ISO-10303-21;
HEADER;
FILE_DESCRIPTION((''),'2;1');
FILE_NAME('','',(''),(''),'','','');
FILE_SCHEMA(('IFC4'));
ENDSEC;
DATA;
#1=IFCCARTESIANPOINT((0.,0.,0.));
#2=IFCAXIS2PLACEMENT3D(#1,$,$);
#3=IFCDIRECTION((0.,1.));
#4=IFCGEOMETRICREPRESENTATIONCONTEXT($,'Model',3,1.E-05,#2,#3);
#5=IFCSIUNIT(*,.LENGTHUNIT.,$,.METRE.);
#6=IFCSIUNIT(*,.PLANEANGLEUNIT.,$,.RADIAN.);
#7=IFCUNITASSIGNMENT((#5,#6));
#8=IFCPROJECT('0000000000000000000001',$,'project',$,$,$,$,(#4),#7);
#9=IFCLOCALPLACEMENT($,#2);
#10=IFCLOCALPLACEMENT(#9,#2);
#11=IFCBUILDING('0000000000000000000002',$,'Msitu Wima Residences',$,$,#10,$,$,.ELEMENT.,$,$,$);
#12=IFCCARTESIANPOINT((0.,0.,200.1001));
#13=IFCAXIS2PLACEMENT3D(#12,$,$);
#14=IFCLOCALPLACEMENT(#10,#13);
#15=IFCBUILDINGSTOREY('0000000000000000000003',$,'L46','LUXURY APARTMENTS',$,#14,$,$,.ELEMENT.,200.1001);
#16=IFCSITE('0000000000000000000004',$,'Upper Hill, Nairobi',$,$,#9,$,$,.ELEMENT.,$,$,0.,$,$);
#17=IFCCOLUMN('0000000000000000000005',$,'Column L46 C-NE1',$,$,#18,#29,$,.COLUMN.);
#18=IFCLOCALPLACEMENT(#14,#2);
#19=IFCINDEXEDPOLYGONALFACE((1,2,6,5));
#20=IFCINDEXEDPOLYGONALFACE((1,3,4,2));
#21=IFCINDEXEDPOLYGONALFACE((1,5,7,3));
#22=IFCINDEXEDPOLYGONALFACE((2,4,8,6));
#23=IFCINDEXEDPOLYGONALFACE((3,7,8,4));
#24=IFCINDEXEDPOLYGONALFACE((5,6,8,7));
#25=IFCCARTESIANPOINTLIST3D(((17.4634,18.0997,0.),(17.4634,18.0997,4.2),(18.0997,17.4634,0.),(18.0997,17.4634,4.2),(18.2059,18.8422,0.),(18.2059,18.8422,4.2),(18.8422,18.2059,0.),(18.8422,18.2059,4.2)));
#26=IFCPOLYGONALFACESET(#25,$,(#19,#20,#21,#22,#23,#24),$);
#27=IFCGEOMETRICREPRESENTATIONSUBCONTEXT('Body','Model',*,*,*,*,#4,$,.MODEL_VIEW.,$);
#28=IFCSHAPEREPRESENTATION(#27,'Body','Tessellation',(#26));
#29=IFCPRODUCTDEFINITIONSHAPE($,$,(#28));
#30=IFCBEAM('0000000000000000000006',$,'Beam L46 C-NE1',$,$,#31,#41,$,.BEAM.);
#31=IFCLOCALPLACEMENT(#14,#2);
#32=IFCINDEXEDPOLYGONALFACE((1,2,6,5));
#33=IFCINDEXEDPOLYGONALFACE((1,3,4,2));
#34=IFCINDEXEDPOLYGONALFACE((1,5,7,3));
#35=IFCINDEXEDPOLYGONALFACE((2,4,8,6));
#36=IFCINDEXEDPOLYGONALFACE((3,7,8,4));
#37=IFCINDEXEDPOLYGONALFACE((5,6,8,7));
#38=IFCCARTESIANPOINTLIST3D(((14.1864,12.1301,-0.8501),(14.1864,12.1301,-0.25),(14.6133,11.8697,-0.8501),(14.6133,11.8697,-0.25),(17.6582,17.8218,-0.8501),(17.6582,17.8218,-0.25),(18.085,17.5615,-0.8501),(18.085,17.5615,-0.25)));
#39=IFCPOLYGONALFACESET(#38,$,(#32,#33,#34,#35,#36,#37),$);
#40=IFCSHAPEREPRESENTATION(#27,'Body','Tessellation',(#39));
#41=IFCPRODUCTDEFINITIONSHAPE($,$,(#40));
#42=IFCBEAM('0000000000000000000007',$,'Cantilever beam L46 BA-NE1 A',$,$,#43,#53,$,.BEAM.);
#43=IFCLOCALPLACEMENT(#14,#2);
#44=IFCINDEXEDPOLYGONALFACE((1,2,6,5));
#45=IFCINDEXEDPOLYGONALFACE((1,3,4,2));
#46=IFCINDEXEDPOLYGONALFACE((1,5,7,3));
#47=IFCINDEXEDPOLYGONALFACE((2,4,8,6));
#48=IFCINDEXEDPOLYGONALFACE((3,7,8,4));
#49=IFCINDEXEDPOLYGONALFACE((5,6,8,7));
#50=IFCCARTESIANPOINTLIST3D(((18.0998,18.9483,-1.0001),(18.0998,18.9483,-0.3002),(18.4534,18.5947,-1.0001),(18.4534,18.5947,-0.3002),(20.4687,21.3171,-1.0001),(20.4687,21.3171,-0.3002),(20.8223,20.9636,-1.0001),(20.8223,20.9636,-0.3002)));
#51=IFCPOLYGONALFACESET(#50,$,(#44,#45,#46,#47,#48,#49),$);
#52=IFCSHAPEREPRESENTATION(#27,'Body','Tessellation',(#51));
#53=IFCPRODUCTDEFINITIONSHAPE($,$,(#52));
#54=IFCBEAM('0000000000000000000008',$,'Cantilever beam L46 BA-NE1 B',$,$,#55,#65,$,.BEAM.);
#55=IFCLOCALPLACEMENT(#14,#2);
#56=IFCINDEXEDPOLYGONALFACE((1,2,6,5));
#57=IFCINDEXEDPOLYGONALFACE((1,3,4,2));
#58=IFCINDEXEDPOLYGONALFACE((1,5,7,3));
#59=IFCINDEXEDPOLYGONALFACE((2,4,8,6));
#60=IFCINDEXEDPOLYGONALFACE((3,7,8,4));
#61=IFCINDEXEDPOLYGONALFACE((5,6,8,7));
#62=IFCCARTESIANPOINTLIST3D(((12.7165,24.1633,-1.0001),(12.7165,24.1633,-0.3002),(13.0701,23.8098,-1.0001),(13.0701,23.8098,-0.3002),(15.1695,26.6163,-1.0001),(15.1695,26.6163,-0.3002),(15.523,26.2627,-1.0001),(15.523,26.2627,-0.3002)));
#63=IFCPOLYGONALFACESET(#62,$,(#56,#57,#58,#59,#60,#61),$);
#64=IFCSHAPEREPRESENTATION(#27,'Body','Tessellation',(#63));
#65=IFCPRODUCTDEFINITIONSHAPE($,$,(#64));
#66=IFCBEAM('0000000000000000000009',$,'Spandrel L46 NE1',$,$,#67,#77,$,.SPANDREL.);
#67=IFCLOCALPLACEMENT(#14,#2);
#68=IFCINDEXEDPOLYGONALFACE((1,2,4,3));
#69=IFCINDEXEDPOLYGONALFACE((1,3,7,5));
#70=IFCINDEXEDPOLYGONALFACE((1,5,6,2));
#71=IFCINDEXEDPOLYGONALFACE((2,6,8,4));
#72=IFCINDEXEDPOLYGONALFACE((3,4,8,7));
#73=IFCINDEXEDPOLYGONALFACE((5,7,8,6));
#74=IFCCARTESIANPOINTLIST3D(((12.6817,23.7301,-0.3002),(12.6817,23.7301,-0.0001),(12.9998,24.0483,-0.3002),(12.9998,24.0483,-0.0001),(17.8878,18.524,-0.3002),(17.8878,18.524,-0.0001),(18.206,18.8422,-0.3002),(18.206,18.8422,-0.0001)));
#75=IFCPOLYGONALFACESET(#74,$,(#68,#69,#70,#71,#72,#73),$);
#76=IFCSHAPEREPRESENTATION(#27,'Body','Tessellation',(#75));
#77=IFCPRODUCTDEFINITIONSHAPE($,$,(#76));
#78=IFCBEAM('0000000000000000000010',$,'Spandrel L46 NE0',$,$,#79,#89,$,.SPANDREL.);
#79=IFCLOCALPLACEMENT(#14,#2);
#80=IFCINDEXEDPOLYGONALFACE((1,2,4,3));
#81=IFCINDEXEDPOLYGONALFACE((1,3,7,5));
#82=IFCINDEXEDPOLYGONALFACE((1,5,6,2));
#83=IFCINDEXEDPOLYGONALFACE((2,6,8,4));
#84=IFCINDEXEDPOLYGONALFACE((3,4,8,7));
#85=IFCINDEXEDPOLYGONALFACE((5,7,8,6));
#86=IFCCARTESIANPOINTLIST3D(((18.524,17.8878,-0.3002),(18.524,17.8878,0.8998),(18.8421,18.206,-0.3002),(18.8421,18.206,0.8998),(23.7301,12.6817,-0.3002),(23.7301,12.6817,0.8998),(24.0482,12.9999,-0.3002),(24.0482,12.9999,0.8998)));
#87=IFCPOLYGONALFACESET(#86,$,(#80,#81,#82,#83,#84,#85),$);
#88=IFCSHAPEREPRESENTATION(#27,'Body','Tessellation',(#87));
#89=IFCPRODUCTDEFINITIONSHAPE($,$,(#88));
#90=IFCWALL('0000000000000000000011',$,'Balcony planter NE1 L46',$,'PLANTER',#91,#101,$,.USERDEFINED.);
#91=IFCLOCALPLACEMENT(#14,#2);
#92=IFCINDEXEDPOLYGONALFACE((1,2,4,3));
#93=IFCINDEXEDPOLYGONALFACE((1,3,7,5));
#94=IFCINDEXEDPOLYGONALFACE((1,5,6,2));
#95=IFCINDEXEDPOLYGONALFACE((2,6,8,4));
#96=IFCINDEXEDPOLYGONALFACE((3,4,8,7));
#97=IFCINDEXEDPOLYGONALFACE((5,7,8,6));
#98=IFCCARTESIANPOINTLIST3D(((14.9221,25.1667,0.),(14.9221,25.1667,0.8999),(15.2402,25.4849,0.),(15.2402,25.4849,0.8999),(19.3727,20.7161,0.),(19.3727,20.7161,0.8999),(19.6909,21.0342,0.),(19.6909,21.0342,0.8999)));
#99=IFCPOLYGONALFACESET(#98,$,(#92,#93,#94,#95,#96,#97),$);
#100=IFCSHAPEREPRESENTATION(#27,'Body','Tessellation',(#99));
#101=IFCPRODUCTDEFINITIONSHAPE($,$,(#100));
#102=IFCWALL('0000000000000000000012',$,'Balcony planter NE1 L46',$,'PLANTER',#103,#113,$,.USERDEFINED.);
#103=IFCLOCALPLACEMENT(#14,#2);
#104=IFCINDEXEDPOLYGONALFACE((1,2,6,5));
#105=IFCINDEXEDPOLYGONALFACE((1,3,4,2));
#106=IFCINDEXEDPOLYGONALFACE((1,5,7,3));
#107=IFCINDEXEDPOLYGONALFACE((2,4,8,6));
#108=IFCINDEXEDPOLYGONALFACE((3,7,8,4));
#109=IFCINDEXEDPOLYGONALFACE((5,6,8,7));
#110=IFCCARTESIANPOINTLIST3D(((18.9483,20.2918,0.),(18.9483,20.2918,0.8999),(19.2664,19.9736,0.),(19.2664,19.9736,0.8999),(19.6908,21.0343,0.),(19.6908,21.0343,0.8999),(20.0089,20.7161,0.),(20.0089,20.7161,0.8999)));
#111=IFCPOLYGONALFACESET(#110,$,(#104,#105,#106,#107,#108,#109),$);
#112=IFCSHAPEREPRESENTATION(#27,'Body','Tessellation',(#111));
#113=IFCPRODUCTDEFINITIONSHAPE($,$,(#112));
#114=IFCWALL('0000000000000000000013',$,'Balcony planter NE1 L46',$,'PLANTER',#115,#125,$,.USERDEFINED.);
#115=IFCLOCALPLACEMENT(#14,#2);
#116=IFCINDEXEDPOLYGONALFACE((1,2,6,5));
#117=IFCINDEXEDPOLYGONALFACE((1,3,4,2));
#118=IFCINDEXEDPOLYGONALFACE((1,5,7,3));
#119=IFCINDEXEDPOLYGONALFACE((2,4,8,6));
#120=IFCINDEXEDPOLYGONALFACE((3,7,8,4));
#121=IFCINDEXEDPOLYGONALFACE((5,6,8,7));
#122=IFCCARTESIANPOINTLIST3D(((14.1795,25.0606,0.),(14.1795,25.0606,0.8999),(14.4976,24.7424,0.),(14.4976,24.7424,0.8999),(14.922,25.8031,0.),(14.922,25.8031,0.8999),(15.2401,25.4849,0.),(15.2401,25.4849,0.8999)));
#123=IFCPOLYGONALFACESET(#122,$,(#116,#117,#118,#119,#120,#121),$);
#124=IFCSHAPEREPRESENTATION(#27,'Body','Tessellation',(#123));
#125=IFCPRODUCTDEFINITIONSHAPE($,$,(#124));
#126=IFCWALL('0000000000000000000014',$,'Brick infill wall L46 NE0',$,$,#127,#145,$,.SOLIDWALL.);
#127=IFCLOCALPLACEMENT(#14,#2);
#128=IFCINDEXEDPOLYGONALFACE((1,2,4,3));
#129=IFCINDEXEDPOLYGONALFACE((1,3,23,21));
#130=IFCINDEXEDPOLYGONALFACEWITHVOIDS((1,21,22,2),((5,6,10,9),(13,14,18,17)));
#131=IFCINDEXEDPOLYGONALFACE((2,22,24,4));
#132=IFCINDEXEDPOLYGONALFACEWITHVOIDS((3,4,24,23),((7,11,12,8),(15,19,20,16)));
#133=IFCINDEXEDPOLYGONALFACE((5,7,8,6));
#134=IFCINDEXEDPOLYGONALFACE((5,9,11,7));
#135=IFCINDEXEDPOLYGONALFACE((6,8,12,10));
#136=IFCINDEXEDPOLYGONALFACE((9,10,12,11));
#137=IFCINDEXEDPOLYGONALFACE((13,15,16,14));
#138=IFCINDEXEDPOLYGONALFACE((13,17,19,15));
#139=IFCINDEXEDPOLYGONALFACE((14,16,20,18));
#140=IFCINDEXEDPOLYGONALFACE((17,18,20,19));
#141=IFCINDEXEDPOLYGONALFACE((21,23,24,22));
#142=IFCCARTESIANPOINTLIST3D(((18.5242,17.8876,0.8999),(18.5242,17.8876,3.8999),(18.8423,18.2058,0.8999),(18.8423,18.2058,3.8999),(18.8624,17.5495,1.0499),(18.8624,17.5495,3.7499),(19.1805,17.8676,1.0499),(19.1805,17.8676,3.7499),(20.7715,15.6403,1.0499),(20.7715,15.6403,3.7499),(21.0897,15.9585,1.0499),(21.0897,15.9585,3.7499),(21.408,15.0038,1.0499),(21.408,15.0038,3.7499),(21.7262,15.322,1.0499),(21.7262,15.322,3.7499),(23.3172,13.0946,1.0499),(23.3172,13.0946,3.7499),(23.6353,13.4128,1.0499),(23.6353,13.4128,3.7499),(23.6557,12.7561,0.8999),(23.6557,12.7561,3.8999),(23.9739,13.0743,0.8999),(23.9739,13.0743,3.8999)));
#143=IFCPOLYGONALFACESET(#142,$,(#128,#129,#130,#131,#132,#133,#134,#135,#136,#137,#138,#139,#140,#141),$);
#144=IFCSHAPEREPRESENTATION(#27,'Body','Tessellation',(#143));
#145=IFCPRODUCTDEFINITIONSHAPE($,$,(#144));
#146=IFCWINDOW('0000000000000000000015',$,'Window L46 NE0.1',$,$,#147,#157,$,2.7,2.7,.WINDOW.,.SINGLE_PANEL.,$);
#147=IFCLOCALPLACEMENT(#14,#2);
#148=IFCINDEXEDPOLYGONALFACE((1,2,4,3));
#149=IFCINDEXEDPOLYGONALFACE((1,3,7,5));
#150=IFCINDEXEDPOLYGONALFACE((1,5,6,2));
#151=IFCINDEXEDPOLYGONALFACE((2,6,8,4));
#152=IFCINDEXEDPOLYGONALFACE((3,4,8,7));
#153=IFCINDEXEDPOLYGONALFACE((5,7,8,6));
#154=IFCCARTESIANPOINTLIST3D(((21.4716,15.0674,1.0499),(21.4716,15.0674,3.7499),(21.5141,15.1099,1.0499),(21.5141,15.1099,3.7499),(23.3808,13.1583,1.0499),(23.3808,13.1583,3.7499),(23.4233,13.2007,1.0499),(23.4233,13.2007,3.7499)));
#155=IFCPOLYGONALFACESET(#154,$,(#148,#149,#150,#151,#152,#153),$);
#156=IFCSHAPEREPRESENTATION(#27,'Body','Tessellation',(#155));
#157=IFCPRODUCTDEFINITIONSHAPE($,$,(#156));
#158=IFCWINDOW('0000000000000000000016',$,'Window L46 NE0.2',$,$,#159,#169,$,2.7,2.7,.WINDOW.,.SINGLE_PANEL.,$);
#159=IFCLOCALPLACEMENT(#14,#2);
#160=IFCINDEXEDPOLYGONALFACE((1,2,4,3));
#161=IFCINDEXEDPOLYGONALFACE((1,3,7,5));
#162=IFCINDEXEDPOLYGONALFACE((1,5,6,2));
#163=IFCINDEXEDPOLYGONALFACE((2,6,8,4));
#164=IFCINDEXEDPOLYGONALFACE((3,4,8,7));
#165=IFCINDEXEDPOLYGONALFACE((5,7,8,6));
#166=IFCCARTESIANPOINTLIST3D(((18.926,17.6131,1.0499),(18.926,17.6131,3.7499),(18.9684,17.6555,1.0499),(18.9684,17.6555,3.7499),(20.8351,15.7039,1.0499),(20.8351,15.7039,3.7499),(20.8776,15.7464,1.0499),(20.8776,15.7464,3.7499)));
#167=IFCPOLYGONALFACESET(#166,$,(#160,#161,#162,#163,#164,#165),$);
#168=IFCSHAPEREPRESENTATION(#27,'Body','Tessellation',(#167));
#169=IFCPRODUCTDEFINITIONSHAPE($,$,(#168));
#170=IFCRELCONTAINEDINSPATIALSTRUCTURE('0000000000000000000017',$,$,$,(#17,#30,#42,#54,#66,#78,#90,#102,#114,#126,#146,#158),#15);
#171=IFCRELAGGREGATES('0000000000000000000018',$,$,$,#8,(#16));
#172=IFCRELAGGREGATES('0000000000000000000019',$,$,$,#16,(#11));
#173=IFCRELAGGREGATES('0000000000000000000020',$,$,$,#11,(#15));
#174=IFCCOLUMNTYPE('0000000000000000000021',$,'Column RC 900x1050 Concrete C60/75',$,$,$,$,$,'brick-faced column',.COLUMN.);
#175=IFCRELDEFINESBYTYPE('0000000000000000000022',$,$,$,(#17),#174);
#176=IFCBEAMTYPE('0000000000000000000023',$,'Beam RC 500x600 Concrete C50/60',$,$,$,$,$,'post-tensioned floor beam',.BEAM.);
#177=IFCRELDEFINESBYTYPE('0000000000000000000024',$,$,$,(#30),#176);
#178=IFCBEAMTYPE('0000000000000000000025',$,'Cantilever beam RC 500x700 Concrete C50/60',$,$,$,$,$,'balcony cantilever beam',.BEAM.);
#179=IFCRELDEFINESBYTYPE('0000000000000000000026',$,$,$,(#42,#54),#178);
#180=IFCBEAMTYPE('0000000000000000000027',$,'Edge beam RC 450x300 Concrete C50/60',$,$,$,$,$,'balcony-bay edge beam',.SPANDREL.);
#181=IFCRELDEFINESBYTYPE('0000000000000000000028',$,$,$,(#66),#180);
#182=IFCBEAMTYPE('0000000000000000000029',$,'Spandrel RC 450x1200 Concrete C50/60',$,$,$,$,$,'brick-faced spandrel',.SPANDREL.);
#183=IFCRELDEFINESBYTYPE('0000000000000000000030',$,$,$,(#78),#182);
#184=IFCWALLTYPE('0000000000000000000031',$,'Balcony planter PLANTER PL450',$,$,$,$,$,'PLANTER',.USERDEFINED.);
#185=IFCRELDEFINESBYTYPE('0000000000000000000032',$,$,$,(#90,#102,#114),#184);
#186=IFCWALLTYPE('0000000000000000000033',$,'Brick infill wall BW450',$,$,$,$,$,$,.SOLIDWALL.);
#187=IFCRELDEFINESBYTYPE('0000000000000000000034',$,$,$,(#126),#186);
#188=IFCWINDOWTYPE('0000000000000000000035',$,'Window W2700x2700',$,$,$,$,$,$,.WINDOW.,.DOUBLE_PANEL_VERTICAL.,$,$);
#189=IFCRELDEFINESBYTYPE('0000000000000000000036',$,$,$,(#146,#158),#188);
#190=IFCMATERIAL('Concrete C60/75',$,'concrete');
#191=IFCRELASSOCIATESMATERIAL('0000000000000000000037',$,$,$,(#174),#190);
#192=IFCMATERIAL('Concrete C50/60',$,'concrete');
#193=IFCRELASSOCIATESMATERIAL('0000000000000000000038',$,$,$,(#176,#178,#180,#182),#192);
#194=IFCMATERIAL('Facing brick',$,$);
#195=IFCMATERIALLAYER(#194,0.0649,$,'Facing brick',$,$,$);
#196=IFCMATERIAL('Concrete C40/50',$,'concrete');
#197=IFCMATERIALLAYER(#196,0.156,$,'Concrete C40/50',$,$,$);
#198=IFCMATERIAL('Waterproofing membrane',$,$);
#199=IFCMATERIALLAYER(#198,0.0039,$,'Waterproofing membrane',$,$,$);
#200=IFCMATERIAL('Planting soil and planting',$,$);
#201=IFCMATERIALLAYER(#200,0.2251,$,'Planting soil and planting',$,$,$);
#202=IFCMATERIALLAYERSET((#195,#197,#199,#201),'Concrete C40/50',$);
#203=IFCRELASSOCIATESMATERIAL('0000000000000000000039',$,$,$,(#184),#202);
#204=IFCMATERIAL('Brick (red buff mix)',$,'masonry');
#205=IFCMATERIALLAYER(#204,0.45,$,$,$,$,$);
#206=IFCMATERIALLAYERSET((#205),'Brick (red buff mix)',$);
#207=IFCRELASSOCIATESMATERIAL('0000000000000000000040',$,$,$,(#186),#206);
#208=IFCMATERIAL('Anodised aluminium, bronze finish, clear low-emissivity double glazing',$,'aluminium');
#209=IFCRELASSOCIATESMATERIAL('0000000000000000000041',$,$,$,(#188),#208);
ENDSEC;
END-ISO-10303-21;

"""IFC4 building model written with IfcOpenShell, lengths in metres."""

from ifc_helpers import new_model, si_unit, direction, frame, frame_2d, origin, origin_2d, place, context, subcontext, project, spatial, rectangle, extrude, material, layer, layer_set, material_profile, profile_set, type_object, element, fill, save


model = new_model("IFC4")

# Units and contexts
model_context = context("Model", 3, precision=1e-05, world=origin(), true_north=direction((0.0, 1.0)))
body_context = subcontext(model_context, "Body", "Model", "MODEL_VIEW")
ifc_project = project(units=[si_unit("LENGTHUNIT", "METRE"), si_unit("PLANEANGLEUNIT", "RADIAN")], contexts=[model_context])

# Site, building, storey
site_placement = place(None, origin())
site = spatial("IfcSite", under=ifc_project, at=site_placement, Name="Upper Hill, Nairobi", CompositionType="ELEMENT", RefElevation=0.0)
building_placement = place(site_placement, origin())
building = spatial("IfcBuilding", under=site, at=building_placement, Name="Msitu Wima Residences", CompositionType="ELEMENT")
storey_placement = place(building_placement, frame((0.0, 0.0, 200.1001)))
storey = spatial("IfcBuildingStorey", under=building, at=storey_placement, Name="L46", Description="LUXURY APARTMENTS", CompositionType="ELEMENT", Elevation=200.1001)

# Column
ifc_material_1 = material(Name="Concrete C60/75", Category="concrete")
ifc_material_profile_1 = material_profile(ifc_material_1, rectangle(XDim=0.8999, YDim=1.05, at=origin_2d()), Name="RC 900x1050")
ifc_profile_set_1 = profile_set([ifc_material_profile_1], Name="Concrete C60/75")
column_type = type_object("IfcColumnType", Name="Column RC 900x1050 Concrete C60/75", ElementType="brick-faced column", PredefinedType="COLUMN", material=ifc_profile_set_1)
column_placement = place(storey_placement, frame((18.1528, 18.1528, 0.0), z_axis=(0.0, 0.0, 1.0), x_axis=(-0.707107, 0.707107, 0.0)))
element("IfcColumn", 1, at=column_placement, inside=storey, type_object=column_type, Name="Column L46 C-NE1", PredefinedType="COLUMN", context=body_context, shape_type="SweptSolid", body=[
    extrude(rectangle(XDim=0.8999, YDim=1.05, at=origin_2d()), origin(), (0.0, 0.0, 1.0), 4.2),
])

# Beams
ifc_material_2 = material(Name="Concrete C50/60", Category="concrete")
ifc_material_profile_2 = material_profile(ifc_material_2, rectangle(XDim=0.5, YDim=0.6001, at=origin_2d()), Name="RC 500x600")
ifc_profile_set_2 = profile_set([ifc_material_profile_2], Name="Concrete C50/60")
beam_type_1 = type_object("IfcBeamType", Name="Beam RC 500x600 Concrete C50/60", ElementType="post-tensioned floor beam", PredefinedType="BEAM", material=ifc_profile_set_2)
beam_1_placement = place(storey_placement, frame((17.8716, 17.6917, -0.55), z_axis=(-0.520734, -0.853719, 0.0), x_axis=(0.853719, -0.520734, 0.0)))
element("IfcBeam", 2, at=beam_1_placement, inside=storey, type_object=beam_type_1, Name="Beam L46 C-NE1", PredefinedType="BEAM", context=body_context, shape_type="SweptSolid", body=[
    extrude(rectangle(XDim=0.5, YDim=0.6001, at=origin_2d()), origin(), (0.0, 0.0, 1.0), 6.667),
])
ifc_material_profile_3 = material_profile(ifc_material_2, rectangle(XDim=0.5, YDim=0.7, at=origin_2d()), Name="RC 500x700")
ifc_profile_set_3 = profile_set([ifc_material_profile_3], Name="Concrete C50/60")
beam_type_2 = type_object("IfcBeamType", Name="Cantilever beam RC 500x700 Concrete C50/60", ElementType="balcony cantilever beam", PredefinedType="BEAM", material=ifc_profile_set_3)
beam_2_placement = place(storey_placement, frame((18.2766, 18.7715, -0.6501), z_axis=(0.707107, 0.707107, 0.0), x_axis=(-0.707107, 0.707107, 0.0)))
element("IfcBeam", 3, at=beam_2_placement, inside=storey, type_object=beam_type_2, Name="Cantilever beam L46 BA-NE1 A", PredefinedType="BEAM", context=body_context, shape_type="SweptSolid", body=[
    extrude(rectangle(XDim=0.5, YDim=0.7, at=origin_2d()), origin(), (0.0, 0.0, 1.0), 3.3501),
])
beam_3_placement = place(storey_placement, frame((12.8933, 23.9866, -0.6501), z_axis=(0.707107, 0.707107, 0.0), x_axis=(-0.707107, 0.707107, 0.0)))
element("IfcBeam", 4, at=beam_3_placement, inside=storey, type_object=beam_type_2, Name="Cantilever beam L46 BA-NE1 B", PredefinedType="BEAM", context=body_context, shape_type="SweptSolid", body=[
    extrude(rectangle(XDim=0.5, YDim=0.7, at=origin_2d()), origin(), (0.0, 0.0, 1.0), 3.469),
])
ifc_material_profile_4 = material_profile(ifc_material_2, rectangle(XDim=0.45, YDim=0.3, at=origin_2d()), Name="RC 450x300")
ifc_profile_set_4 = profile_set([ifc_material_profile_4], Name="Concrete C50/60")
beam_type_3 = type_object("IfcBeamType", Name="Edge beam RC 450x300 Concrete C50/60", ElementType="balcony-bay edge beam", PredefinedType="SPANDREL", material=ifc_profile_set_4)
beam_4_placement = place(storey_placement, frame((18.0469, 18.6831, -0.1501), z_axis=(-0.707107, 0.707107, 0.0), x_axis=(-0.707107, -0.707107, 0.0)))
element("IfcBeam", 5, at=beam_4_placement, inside=storey, type_object=beam_type_3, Name="Spandrel L46 NE1", PredefinedType="SPANDREL", context=body_context, shape_type="SweptSolid", body=[
    extrude(rectangle(XDim=0.45, YDim=0.3, at=origin_2d()), origin(), (0.0, 0.0, 1.0), 7.3625),
])
ifc_material_profile_5 = material_profile(ifc_material_2, rectangle(XDim=0.45, YDim=1.2, at=origin_2d()), Name="RC 450x1200")
ifc_profile_set_5 = profile_set([ifc_material_profile_5], Name="Concrete C50/60")
beam_type_4 = type_object("IfcBeamType", Name="Spandrel RC 450x1200 Concrete C50/60", ElementType="brick-faced spandrel", PredefinedType="SPANDREL", material=ifc_profile_set_5)
beam_5_placement = place(storey_placement, frame((23.8892, 12.8408, 0.2998), z_axis=(-0.707107, 0.707107, 0.0), x_axis=(-0.707107, -0.707107, 0.0)))
element("IfcBeam", 6, at=beam_5_placement, inside=storey, type_object=beam_type_4, Name="Spandrel L46 NE0", PredefinedType="SPANDREL", context=body_context, shape_type="SweptSolid", body=[
    extrude(rectangle(XDim=0.45, YDim=1.2, at=origin_2d()), origin(), (0.0, 0.0, 1.0), 7.3625),
])

# Walls
ifc_material_3 = material(Name="Facing brick")
ifc_layer_1 = layer(ifc_material_3, 0.0649, Name="Facing brick")
ifc_material_4 = material(Name="Concrete C40/50", Category="concrete")
ifc_layer_2 = layer(ifc_material_4, 0.156, Name="Concrete C40/50")
ifc_material_5 = material(Name="Waterproofing membrane")
ifc_layer_3 = layer(ifc_material_5, 0.0039, Name="Waterproofing membrane")
ifc_material_6 = material(Name="Planting soil and planting")
ifc_layer_4 = layer(ifc_material_6, 0.2251, Name="Planting soil and planting")
ifc_layer_set_1 = layer_set([ifc_layer_1, ifc_layer_2, ifc_layer_3, ifc_layer_4], Name="Concrete C40/50")
wall_type_1 = type_object("IfcWallType", Name="Balcony planter PLANTER PL450", ElementType="PLANTER", PredefinedType="USERDEFINED", material=ifc_layer_set_1)
wall_1_placement = place(storey_placement, frame((19.5317, 20.8752, 0.0), z_axis=(0.0, 0.0, 1.0), x_axis=(-0.707107, 0.707107, 0.0)))
element("IfcWall", 7, at=wall_1_placement, inside=storey, type_object=wall_type_1, Name="Balcony planter NE1 L46", ObjectType="PLANTER", PredefinedType="USERDEFINED", context=body_context, shape_type="SweptSolid", body=[
    extrude(rectangle(XDim=6.2942, YDim=0.45, at=frame_2d((3.147, 0.0))), origin(), (0.0, 0.0, 1.0), 0.8999),
])
for number, where, z_axis, x_axis, name in (
    (8, (19.1074, 20.1328, 0.0), (0.0, 0.0, 1.0), (0.707107, 0.707107, 0.0), "Balcony planter NE1 L46"),
    (9, (14.3386, 24.9016, 0.0), (0.0, 0.0, 1.0), (0.707107, 0.707107, 0.0), "Balcony planter NE1 L46"),
):
    element("IfcWall", number, at=place(storey_placement, frame(where, z_axis=z_axis, x_axis=x_axis)), inside=storey, type_object=wall_type_1, Name=name, ObjectType="PLANTER", PredefinedType="USERDEFINED", context=body_context, shape_type="SweptSolid", body=[
        extrude(rectangle(XDim=1.05, YDim=0.45, at=frame_2d((0.5249, 0.0))), origin(), (0.0, 0.0, 1.0), 0.8999),
    ])

# Wall, openings, windows
ifc_material_7 = material(Name="Brick (red buff mix)", Category="masonry")
ifc_layer_5 = layer(ifc_material_7, 0.45)
ifc_layer_set_2 = layer_set([ifc_layer_5], Name="Brick (red buff mix)")
wall_type_2 = type_object("IfcWallType", Name="Brick infill wall BW450", PredefinedType="SOLIDWALL", material=ifc_layer_set_2)
wall_2_placement = place(storey_placement, frame((23.8147, 12.9153, 0.8999), z_axis=(0.0, 0.0, 1.0), x_axis=(-0.707107, 0.707107, 0.0)))
wall_2 = element("IfcWall", 10, at=wall_2_placement, inside=storey, type_object=wall_type_2, Name="Brick infill wall L46 NE0", PredefinedType="SOLIDWALL", context=body_context, shape_type="SweptSolid", body=[
    extrude(rectangle(XDim=7.2571, YDim=0.45, at=frame_2d((3.6284, 0.0))), origin(), (0.0, 0.0, 1.0), 3.0),
])
opening_1_placement = place(wall_2_placement, frame((0.4785, 0.0, 0.1499)))
opening_1 = element("IfcOpeningElement", 11, at=opening_1_placement, cuts=wall_2, PredefinedType="OPENING", context=body_context, shape_type="SweptSolid", body=[
    extrude(rectangle(XDim=2.7, YDim=2.7, at=frame_2d((1.3501, 1.3501))), frame((0.0, 0.2349, 0.0), z_axis=(0.0, -1.0, 0.0), x_axis=(1.0, 0.0, 0.0)), (0.0, 0.0, 1.0), 0.47),
])
opening_2_placement = place(wall_2_placement, frame((4.0786, 0.0, 0.1499)))
opening_2 = element("IfcOpeningElement", 12, at=opening_2_placement, cuts=wall_2, PredefinedType="OPENING", context=body_context, shape_type="SweptSolid", body=[
    extrude(rectangle(XDim=2.7, YDim=2.7, at=frame_2d((1.3501, 1.3501))), frame((0.0, 0.2349, 0.0), z_axis=(0.0, -1.0, 0.0), x_axis=(1.0, 0.0, 0.0)), (0.0, 0.0, 1.0), 0.47),
])
ifc_material_8 = material(Name="Anodised aluminium, bronze finish, clear low-emissivity double glazing", Category="aluminium")
window_type = type_object("IfcWindowType", Name="Window W2700x2700", PartitioningType="DOUBLE_PANEL_VERTICAL", PredefinedType="WINDOW", material=ifc_material_8)
window_1_placement = place(opening_1_placement, origin())
window_1 = element("IfcWindow", 13, at=window_1_placement, inside=storey, type_object=window_type, Name="Window L46 NE0.1", OverallHeight=2.7, OverallWidth=2.7, PartitioningType="SINGLE_PANEL", PredefinedType="WINDOW", context=body_context, shape_type="SweptSolid", body=[
    extrude(rectangle(XDim=2.7, YDim=2.7, at=frame_2d((1.3501, 1.3501))), frame((0.0, 0.135, 0.0), z_axis=(0.0, -1.0, 0.0), x_axis=(1.0, 0.0, 0.0)), (0.0, 0.0, 1.0), 0.0601),
])
fill(opening_1, window_1)
window_2_placement = place(opening_2_placement, origin())
window_2 = element("IfcWindow", 14, at=window_2_placement, inside=storey, type_object=window_type, Name="Window L46 NE0.2", OverallHeight=2.7, OverallWidth=2.7, PartitioningType="SINGLE_PANEL", PredefinedType="WINDOW", context=body_context, shape_type="SweptSolid", body=[
    extrude(rectangle(XDim=2.7, YDim=2.7, at=frame_2d((1.3501, 1.3501))), frame((0.0, 0.135, 0.0), z_axis=(0.0, -1.0, 0.0), x_axis=(1.0, 0.0, 0.0)), (0.0, 0.0, 1.0), 0.0601),
])
fill(opening_2, window_2)

save(model, "model.ifc")
